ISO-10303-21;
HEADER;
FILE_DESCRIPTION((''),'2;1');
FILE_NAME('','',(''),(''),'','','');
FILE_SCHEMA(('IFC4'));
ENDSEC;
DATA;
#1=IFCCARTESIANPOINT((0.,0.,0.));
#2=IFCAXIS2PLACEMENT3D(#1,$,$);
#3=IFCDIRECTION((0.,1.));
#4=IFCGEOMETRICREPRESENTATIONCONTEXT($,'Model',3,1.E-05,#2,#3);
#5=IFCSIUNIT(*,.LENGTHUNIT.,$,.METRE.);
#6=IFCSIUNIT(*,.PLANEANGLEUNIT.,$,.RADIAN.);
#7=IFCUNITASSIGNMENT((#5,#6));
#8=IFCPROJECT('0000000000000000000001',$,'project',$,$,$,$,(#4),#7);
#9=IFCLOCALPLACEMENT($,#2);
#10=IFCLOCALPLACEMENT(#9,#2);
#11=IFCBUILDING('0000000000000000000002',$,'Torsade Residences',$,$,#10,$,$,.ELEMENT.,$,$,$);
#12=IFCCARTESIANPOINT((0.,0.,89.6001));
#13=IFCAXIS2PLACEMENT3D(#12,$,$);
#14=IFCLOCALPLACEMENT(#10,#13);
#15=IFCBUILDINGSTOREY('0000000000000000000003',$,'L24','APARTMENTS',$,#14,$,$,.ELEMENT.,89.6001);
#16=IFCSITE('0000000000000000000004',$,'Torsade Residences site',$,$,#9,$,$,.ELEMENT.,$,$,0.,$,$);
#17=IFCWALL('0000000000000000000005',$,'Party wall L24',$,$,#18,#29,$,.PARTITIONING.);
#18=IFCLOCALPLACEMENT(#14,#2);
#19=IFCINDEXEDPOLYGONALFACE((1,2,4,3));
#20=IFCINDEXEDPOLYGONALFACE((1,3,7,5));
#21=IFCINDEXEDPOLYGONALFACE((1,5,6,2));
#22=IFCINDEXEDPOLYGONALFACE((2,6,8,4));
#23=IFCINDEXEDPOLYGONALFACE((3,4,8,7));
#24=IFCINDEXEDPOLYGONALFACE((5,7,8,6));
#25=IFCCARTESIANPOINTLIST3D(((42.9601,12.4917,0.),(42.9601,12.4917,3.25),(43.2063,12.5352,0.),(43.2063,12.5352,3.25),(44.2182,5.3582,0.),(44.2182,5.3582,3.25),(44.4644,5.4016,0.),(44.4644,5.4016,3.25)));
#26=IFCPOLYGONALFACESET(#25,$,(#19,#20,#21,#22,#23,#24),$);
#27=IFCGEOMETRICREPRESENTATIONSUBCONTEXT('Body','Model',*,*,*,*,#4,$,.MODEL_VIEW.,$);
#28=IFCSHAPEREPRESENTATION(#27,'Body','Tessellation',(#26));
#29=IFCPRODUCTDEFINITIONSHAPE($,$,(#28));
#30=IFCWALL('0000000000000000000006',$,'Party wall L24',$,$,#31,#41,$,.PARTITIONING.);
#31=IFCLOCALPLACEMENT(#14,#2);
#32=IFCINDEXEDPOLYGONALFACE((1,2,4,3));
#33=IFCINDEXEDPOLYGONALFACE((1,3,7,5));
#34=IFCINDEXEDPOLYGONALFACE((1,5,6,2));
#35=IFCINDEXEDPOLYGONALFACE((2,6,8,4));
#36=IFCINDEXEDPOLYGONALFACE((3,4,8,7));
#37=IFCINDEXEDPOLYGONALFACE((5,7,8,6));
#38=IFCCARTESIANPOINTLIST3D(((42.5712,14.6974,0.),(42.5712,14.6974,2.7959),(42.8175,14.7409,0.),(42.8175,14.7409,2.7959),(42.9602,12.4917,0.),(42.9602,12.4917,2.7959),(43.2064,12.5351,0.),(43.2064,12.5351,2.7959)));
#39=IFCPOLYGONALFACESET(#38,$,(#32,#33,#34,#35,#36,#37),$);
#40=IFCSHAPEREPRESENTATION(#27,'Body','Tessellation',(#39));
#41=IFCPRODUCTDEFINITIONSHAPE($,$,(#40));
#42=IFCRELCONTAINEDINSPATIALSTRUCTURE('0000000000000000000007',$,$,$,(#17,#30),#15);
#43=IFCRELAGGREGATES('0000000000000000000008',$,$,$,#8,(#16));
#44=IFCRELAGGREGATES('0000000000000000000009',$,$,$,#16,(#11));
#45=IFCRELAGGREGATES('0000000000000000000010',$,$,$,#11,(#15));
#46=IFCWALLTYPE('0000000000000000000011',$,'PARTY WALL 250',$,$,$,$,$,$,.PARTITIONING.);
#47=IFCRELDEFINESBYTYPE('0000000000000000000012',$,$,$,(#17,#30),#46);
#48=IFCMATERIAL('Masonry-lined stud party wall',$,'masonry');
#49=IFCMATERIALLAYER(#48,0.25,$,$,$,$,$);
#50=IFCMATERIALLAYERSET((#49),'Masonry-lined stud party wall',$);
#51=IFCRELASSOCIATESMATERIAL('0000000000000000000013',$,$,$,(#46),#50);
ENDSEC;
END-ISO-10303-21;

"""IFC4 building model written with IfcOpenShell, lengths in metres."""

from ifc_helpers import new_model, si_unit, direction, frame, frame_2d, origin, place, context, subcontext, project, spatial, rectangle, extrude, material, layer, layer_set, type_object, element, save


model = new_model("IFC4")

# Units and contexts
model_context = context("Model", 3, precision=1e-05, world=origin(), true_north=direction((0.0, 1.0)))
body_context = subcontext(model_context, "Body", "Model", "MODEL_VIEW")
ifc_project = project(units=[si_unit("LENGTHUNIT", "METRE"), si_unit("PLANEANGLEUNIT", "RADIAN")], contexts=[model_context])

# Site, building, storey
site_placement = place(None, origin())
site = spatial("IfcSite", under=ifc_project, at=site_placement, Name="Torsade Residences site", CompositionType="ELEMENT", RefElevation=0.0)
building_placement = place(site_placement, origin())
building = spatial("IfcBuilding", under=site, at=building_placement, Name="Torsade Residences", CompositionType="ELEMENT")
storey_placement = place(building_placement, frame((0.0, 0.0, 89.6001)))
storey = spatial("IfcBuildingStorey", under=building, at=storey_placement, Name="L24", Description="APARTMENTS", CompositionType="ELEMENT", Elevation=89.6001)

# Walls
ifc_material_1 = material(Name="Masonry-lined stud party wall", Category="masonry")
ifc_layer_1 = layer(ifc_material_1, 0.25)
ifc_layer_set_1 = layer_set([ifc_layer_1], Name="Masonry-lined stud party wall")
wall_type_1 = type_object("IfcWallType", Name="PARTY WALL 250", PredefinedType="PARTITIONING", material=ifc_layer_set_1)
wall_1_placement = place(storey_placement, frame((44.3413, 5.3799, 0.0), z_axis=(0.0, 0.0, 1.0), x_axis=(-0.173678, 0.984803, 0.0)))
element("IfcWall", 1, at=wall_1_placement, inside=storey, type_object=wall_type_1, Name="Party wall L24", PredefinedType="PARTITIONING", context=body_context, shape_type="SweptSolid", body=[
    extrude(rectangle(XDim=7.2437, YDim=0.25, at=frame_2d((3.6218, 0.0))), origin(), (0.0, 0.0, 1.0), 3.25),
])
wall_2_placement = place(storey_placement, frame((43.0833, 12.5134, 0.0), z_axis=(0.0, 0.0, 1.0), x_axis=(-0.173636, 0.98481, 0.0)))
element("IfcWall", 2, at=wall_2_placement, inside=storey, type_object=wall_type_1, Name="Party wall L24", PredefinedType="PARTITIONING", context=body_context, shape_type="SweptSolid", body=[
    extrude(rectangle(XDim=2.2397, YDim=0.25, at=frame_2d((1.1199, 0.0))), origin(), (0.0, 0.0, 1.0), 2.7959),
])

save(model, "model.ifc")
